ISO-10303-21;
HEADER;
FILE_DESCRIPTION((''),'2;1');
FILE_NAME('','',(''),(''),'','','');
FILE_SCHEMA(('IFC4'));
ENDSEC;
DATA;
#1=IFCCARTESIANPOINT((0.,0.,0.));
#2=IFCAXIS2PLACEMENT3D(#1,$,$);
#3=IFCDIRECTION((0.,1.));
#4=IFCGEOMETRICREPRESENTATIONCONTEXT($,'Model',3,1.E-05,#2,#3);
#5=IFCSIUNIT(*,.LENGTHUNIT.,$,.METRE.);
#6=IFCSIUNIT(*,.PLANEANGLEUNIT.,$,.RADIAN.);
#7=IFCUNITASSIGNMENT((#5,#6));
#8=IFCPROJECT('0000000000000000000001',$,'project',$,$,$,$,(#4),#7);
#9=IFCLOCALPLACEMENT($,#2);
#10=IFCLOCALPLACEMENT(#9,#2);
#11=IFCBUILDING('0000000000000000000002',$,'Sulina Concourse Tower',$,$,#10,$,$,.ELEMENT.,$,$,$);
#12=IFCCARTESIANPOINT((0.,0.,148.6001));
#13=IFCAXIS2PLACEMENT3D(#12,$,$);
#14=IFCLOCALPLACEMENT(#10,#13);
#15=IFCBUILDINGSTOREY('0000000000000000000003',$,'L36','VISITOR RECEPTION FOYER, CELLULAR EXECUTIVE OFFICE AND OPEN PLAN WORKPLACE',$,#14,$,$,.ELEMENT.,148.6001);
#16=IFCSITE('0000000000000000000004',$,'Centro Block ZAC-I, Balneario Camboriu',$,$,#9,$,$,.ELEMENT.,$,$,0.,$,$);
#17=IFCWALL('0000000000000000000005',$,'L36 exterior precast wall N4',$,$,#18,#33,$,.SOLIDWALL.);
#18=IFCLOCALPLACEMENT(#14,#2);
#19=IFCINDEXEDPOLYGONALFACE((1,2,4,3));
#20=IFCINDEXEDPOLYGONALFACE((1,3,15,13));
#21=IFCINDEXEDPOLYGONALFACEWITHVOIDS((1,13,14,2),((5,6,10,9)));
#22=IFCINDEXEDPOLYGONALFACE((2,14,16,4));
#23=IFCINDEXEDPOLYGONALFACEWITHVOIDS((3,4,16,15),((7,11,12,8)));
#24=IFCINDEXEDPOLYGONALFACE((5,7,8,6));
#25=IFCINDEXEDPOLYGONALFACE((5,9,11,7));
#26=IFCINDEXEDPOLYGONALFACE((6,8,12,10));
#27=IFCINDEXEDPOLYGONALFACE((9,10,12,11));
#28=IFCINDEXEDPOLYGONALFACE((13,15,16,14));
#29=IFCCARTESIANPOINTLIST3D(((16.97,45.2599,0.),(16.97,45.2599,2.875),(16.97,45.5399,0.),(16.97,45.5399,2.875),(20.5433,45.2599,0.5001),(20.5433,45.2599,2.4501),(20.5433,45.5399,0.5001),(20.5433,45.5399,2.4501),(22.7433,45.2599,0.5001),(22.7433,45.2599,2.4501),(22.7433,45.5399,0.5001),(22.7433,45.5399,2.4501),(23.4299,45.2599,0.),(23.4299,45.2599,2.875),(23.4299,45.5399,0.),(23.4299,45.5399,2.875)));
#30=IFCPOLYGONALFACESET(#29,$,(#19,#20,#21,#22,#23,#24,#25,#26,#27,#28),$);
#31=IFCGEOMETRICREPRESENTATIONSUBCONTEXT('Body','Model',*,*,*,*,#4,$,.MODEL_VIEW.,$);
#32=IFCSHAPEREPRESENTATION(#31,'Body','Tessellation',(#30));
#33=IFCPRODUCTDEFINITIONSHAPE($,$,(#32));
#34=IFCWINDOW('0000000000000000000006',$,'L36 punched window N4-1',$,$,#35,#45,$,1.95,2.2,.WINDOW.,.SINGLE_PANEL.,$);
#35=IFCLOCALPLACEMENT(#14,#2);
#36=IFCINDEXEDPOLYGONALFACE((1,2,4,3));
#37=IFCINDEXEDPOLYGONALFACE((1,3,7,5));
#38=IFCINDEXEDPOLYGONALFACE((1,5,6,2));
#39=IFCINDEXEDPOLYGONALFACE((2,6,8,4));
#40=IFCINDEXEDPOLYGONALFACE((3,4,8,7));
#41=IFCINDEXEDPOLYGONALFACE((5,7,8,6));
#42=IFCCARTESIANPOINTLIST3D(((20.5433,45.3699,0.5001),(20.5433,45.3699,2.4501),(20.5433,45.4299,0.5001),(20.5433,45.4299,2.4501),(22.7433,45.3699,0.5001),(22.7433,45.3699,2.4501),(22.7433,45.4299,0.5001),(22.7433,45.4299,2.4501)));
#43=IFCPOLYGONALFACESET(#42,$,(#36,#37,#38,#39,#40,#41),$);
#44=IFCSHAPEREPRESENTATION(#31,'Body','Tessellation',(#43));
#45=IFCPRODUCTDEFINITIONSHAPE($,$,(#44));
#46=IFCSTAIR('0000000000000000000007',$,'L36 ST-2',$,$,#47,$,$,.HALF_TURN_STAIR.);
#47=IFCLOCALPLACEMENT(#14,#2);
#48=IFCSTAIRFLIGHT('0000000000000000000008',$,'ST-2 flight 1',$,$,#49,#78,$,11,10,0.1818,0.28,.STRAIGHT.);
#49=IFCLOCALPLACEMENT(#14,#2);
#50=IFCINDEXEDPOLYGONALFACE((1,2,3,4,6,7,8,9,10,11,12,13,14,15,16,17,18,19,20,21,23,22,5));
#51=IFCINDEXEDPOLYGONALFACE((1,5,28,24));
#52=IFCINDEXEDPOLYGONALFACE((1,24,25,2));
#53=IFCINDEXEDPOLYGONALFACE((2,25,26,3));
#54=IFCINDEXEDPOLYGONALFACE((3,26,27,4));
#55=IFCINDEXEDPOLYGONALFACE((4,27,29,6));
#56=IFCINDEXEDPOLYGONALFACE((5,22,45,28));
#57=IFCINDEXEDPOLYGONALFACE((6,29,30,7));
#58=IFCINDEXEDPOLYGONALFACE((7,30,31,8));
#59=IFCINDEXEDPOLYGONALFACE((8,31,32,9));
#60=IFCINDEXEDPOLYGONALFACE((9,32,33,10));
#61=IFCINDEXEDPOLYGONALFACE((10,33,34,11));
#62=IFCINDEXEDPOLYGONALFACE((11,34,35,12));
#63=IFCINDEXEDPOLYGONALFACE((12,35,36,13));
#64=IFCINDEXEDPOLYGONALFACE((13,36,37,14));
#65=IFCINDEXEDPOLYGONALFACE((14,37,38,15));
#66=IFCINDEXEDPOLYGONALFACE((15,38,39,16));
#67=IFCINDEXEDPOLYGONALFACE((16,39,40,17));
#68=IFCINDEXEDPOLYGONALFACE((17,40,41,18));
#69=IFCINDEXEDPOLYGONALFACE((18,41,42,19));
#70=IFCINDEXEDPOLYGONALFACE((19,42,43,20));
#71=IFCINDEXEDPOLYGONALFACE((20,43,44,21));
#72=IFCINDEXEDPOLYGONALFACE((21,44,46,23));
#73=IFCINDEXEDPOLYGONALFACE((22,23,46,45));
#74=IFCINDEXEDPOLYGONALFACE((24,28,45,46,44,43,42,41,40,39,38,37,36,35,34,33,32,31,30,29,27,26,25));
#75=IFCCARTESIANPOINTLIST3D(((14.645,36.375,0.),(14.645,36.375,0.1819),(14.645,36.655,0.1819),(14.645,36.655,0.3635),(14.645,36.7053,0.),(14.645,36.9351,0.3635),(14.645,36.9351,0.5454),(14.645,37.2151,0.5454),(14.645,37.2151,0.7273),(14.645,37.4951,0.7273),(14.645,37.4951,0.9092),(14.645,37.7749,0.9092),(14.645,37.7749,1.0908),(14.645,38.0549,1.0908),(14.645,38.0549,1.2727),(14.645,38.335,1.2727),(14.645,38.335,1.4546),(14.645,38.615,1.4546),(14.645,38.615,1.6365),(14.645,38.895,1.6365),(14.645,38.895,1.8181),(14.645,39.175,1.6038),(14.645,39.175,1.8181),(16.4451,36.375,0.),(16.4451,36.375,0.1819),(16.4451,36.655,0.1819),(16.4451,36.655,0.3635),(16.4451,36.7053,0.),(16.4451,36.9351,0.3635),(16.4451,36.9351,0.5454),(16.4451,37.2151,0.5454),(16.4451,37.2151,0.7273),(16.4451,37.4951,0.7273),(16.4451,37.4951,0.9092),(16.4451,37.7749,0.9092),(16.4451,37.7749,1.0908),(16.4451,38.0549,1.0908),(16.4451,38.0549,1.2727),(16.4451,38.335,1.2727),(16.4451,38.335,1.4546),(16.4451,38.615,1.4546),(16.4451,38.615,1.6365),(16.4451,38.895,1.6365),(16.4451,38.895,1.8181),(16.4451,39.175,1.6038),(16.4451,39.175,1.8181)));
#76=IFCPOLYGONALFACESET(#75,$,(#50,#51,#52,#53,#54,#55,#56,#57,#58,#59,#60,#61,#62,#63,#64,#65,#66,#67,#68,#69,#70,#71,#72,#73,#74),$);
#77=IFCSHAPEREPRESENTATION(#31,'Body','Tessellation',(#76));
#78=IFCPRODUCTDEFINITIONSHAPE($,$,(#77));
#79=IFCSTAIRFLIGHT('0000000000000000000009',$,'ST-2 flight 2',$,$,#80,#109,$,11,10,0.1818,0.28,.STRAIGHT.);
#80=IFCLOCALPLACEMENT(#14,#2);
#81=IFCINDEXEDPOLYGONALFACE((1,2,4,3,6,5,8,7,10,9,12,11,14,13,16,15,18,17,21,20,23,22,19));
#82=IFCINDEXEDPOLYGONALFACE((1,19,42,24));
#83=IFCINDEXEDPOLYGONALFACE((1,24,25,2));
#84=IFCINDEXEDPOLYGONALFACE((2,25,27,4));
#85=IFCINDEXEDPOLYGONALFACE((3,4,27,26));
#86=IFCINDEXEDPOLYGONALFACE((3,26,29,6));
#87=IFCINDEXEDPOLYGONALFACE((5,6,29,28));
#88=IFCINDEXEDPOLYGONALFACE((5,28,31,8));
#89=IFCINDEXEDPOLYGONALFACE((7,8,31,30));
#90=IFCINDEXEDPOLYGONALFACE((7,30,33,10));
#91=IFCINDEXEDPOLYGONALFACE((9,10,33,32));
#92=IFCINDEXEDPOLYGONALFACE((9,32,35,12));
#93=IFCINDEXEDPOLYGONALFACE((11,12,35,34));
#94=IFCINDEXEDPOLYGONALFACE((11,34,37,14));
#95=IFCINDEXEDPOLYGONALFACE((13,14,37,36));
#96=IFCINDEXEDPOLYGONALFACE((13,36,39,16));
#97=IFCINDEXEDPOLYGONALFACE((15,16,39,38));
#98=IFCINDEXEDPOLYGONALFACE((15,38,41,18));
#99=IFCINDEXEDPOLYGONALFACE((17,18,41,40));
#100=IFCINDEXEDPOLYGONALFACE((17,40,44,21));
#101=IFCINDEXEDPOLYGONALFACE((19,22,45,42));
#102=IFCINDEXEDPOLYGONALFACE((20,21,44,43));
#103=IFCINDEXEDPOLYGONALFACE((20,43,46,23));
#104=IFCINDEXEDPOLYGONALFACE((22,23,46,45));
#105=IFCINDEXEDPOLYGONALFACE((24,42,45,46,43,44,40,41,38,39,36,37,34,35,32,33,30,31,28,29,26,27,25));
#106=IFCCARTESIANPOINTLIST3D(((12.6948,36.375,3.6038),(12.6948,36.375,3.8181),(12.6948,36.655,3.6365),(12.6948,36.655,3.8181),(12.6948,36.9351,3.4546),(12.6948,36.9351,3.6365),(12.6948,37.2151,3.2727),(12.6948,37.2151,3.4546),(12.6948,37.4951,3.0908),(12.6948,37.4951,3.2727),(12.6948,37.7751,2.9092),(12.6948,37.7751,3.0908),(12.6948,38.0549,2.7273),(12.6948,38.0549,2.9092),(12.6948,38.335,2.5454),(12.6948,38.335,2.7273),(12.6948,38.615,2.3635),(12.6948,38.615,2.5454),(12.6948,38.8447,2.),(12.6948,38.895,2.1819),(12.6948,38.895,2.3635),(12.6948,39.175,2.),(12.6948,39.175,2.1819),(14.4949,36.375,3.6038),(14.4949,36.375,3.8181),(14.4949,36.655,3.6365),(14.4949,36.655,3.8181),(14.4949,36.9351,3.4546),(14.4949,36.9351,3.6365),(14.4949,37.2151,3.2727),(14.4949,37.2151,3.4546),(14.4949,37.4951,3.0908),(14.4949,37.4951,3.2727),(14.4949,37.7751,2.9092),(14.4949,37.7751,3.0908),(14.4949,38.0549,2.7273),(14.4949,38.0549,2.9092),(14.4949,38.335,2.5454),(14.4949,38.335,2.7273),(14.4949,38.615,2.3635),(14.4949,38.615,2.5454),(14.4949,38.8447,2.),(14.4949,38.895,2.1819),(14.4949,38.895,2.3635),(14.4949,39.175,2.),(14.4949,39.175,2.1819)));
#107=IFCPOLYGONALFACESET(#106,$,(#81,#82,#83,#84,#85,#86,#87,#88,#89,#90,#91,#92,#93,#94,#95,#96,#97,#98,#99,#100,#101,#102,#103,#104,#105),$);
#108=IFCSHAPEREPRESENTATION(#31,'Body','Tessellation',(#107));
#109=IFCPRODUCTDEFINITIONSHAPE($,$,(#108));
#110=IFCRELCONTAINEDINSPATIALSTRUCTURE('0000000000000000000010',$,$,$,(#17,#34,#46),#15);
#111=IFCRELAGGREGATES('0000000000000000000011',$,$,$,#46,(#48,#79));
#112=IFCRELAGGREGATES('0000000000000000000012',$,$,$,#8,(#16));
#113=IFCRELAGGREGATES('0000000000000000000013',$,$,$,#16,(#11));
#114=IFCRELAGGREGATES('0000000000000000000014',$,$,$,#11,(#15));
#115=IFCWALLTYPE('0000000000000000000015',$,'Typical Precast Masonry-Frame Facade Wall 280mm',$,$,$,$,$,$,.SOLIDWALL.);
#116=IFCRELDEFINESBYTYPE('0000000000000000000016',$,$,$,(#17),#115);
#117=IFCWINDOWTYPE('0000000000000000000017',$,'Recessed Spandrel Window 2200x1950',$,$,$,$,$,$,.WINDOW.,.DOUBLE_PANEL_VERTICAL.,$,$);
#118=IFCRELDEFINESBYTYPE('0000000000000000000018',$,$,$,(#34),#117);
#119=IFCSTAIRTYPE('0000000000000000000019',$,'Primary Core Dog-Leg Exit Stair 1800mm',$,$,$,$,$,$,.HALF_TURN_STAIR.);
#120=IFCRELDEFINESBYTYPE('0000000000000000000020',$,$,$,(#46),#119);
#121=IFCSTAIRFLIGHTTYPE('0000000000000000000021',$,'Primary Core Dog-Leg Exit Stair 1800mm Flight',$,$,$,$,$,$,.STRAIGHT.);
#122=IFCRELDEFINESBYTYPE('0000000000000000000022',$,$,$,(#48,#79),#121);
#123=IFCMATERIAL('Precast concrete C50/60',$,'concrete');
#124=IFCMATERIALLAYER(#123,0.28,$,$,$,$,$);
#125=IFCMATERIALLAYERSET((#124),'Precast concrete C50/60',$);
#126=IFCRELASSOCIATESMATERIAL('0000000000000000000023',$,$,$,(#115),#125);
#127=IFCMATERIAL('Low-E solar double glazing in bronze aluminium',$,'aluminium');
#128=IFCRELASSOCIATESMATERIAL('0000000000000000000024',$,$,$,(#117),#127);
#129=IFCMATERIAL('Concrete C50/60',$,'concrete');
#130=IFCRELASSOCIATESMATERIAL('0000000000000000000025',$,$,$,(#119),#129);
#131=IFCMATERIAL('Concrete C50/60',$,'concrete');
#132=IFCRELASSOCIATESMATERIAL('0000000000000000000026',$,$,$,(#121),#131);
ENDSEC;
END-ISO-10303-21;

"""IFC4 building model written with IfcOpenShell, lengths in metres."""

from ifc_helpers import new_model, si_unit, direction, frame, frame_2d, origin, place, context, subcontext, project, spatial, polyline, rectangle, outline, extrude, material, layer, layer_set, type_object, element, fill, aggregate, save


model = new_model("IFC4")

# Units and contexts
model_context = context("Model", 3, precision=1e-05, world=origin(), true_north=direction((0.0, 1.0)))
body_context = subcontext(model_context, "Body", "Model", "MODEL_VIEW")
ifc_project = project(units=[si_unit("LENGTHUNIT", "METRE"), si_unit("PLANEANGLEUNIT", "RADIAN")], contexts=[model_context])

# Site, building, storey
site_placement = place(None, origin())
site = spatial("IfcSite", under=ifc_project, at=site_placement, Name="Centro Block ZAC-I, Balneario Camboriu", CompositionType="ELEMENT", RefElevation=0.0)
building_placement = place(site_placement, origin())
building = spatial("IfcBuilding", under=site, at=building_placement, Name="Sulina Concourse Tower", CompositionType="ELEMENT")
storey_placement = place(building_placement, frame((0.0, 0.0, 148.6001)))
storey = spatial("IfcBuildingStorey", under=building, at=storey_placement, Name="L36", Description="VISITOR RECEPTION FOYER, CELLULAR EXECUTIVE OFFICE AND OPEN PLAN WORKPLACE", CompositionType="ELEMENT", Elevation=148.6001)

# Shared definitions
ifc_material_1 = material(Name="Precast concrete C50/60", Category="concrete")
ifc_layer_1 = layer(ifc_material_1, 0.28)
ifc_layer_set_1 = layer_set([ifc_layer_1], Name="Precast concrete C50/60")
wall_type_1 = type_object("IfcWallType", Name="Typical Precast Masonry-Frame Facade Wall 280mm", PredefinedType="SOLIDWALL", material=ifc_layer_set_1)

# Wall, opening, window
wall_1_placement = place(storey_placement, frame((16.97, 45.3999, 0.0), z_axis=(0.0, 0.0, 1.0), x_axis=(1.0, 0.0, 0.0)))
wall_1 = element("IfcWall", 1, at=wall_1_placement, inside=storey, type_object=wall_type_1, Name="L36 exterior precast wall N4", PredefinedType="SOLIDWALL", context=body_context, shape_type="SweptSolid", body=[
    extrude(rectangle(XDim=6.46, YDim=0.28, at=frame_2d((3.23, 0.0))), origin(), (0.0, 0.0, 1.0), 2.875),
])
opening_1_placement = place(wall_1_placement, frame((3.5732, 0.0, 0.5)))
opening_1 = element("IfcOpeningElement", 2, at=opening_1_placement, cuts=wall_1, PredefinedType="OPENING", context=body_context, shape_type="SweptSolid", body=[
    extrude(rectangle(XDim=2.2, YDim=1.95, at=frame_2d((1.1001, 0.9751))), frame((0.0, 0.1499, 0.0), z_axis=(0.0, -1.0, 0.0), x_axis=(1.0, 0.0, 0.0)), (0.0, 0.0, 1.0), 0.3),
])
ifc_material_2 = material(Name="Low-E solar double glazing in bronze aluminium", Category="aluminium")
window_type = type_object("IfcWindowType", Name="Recessed Spandrel Window 2200x1950", PartitioningType="DOUBLE_PANEL_VERTICAL", PredefinedType="WINDOW", material=ifc_material_2)
window_placement = place(opening_1_placement, origin())
window = element("IfcWindow", 3, at=window_placement, inside=storey, type_object=window_type, Name="L36 punched window N4-1", OverallHeight=1.95, OverallWidth=2.2, PartitioningType="SINGLE_PANEL", PredefinedType="WINDOW", context=body_context, shape_type="SweptSolid", body=[
    extrude(rectangle(XDim=2.2, YDim=1.95, at=frame_2d((1.1001, 0.9751))), frame((0.0, 0.03, 0.0), z_axis=(0.0, -1.0, 0.0), x_axis=(1.0, 0.0, 0.0)), (0.0, 0.0, 1.0), 0.0601),
])
fill(opening_1, window)

# Stair, stair flights
ifc_material_3 = material(Name="Concrete C50/60", Category="concrete")
stair_type = type_object("IfcStairType", Name="Primary Core Dog-Leg Exit Stair 1800mm", PredefinedType="HALF_TURN_STAIR", material=ifc_material_3)
stair_placement = place(storey_placement, origin())
stair = element("IfcStair", 4, at=stair_placement, inside=storey, type_object=stair_type, Name="L36 ST-2", PredefinedType="HALF_TURN_STAIR")
ifc_material_4 = material(Name="Concrete C50/60", Category="concrete")
stair_flight_type = type_object("IfcStairFlightType", Name="Primary Core Dog-Leg Exit Stair 1800mm Flight", PredefinedType="STRAIGHT", material=ifc_material_4)
stair_flight_1_placement = place(storey_placement, frame((15.5449, 36.375, 0.0), z_axis=(0.0, 0.0, 1.0), x_axis=(0.0, 1.0, 0.0)))
stair_flight_1 = element("IfcStairFlight", 5, at=stair_flight_1_placement, type_object=stair_flight_type, Name="ST-2 flight 1", NumberOfRisers=11, NumberOfTreads=10, PredefinedType="STRAIGHT", RiserHeight=0.1818, TreadLength=0.28, context=body_context, shape_type="SweptSolid", body=[
    extrude(outline(polyline([(0.0, 0.0), (0.0, 0.1819), (0.28, 0.1819), (0.28, 0.3635), (0.5601, 0.3635), (0.5601, 0.5454), (0.8401, 0.5454), (0.8401, 0.7273), (1.1201, 0.7273), (1.1201, 0.9092), (1.3999, 0.9092), (1.3999, 1.0908), (1.6799, 1.0908), (1.6799, 1.2727), (1.96, 1.2727), (1.96, 1.4546), (2.24, 1.4546), (2.24, 1.6365), (2.52, 1.6365), (2.52, 1.8181), (2.8, 1.8181), (2.8, 2.0), (2.8, 1.6038), (0.3303, 0.0), (0.0, 0.0)])), frame((0.0, 0.8999, 0.0), z_axis=(0.0, -1.0, 0.0), x_axis=(1.0, 0.0, 0.0)), (0.0, 0.0, 1.0), 1.8),
])
stair_flight_2_placement = place(storey_placement, frame((13.595, 39.175, 2.0), z_axis=(0.0, 0.0, 1.0), x_axis=(0.0, -1.0, 0.0)))
stair_flight_2 = element("IfcStairFlight", 6, at=stair_flight_2_placement, type_object=stair_flight_type, Name="ST-2 flight 2", NumberOfRisers=11, NumberOfTreads=10, PredefinedType="STRAIGHT", RiserHeight=0.1818, TreadLength=0.28, context=body_context, shape_type="SweptSolid", body=[
    extrude(outline(polyline([(0.0, 0.0), (0.0, 0.1819), (0.28, 0.1819), (0.28, 0.3635), (0.5601, 0.3635), (0.5601, 0.5454), (0.8401, 0.5454), (0.8401, 0.7273), (1.1201, 0.7273), (1.1201, 0.9092), (1.3999, 0.9092), (1.3999, 1.0908), (1.6799, 1.0908), (1.6799, 1.2727), (1.96, 1.2727), (1.96, 1.4546), (2.24, 1.4546), (2.24, 1.6365), (2.52, 1.6365), (2.52, 1.8181), (2.8, 1.8181), (2.8, 2.0), (2.8, 1.6038), (0.3303, 0.0), (0.0, 0.0)])), frame((0.0, 0.8999, 0.0), z_axis=(0.0, -1.0, 0.0), x_axis=(1.0, 0.0, 0.0)), (0.0, 0.0, 1.0), 1.8),
])
aggregate(stair, [stair_flight_1, stair_flight_2])

save(model, "model.ifc")
